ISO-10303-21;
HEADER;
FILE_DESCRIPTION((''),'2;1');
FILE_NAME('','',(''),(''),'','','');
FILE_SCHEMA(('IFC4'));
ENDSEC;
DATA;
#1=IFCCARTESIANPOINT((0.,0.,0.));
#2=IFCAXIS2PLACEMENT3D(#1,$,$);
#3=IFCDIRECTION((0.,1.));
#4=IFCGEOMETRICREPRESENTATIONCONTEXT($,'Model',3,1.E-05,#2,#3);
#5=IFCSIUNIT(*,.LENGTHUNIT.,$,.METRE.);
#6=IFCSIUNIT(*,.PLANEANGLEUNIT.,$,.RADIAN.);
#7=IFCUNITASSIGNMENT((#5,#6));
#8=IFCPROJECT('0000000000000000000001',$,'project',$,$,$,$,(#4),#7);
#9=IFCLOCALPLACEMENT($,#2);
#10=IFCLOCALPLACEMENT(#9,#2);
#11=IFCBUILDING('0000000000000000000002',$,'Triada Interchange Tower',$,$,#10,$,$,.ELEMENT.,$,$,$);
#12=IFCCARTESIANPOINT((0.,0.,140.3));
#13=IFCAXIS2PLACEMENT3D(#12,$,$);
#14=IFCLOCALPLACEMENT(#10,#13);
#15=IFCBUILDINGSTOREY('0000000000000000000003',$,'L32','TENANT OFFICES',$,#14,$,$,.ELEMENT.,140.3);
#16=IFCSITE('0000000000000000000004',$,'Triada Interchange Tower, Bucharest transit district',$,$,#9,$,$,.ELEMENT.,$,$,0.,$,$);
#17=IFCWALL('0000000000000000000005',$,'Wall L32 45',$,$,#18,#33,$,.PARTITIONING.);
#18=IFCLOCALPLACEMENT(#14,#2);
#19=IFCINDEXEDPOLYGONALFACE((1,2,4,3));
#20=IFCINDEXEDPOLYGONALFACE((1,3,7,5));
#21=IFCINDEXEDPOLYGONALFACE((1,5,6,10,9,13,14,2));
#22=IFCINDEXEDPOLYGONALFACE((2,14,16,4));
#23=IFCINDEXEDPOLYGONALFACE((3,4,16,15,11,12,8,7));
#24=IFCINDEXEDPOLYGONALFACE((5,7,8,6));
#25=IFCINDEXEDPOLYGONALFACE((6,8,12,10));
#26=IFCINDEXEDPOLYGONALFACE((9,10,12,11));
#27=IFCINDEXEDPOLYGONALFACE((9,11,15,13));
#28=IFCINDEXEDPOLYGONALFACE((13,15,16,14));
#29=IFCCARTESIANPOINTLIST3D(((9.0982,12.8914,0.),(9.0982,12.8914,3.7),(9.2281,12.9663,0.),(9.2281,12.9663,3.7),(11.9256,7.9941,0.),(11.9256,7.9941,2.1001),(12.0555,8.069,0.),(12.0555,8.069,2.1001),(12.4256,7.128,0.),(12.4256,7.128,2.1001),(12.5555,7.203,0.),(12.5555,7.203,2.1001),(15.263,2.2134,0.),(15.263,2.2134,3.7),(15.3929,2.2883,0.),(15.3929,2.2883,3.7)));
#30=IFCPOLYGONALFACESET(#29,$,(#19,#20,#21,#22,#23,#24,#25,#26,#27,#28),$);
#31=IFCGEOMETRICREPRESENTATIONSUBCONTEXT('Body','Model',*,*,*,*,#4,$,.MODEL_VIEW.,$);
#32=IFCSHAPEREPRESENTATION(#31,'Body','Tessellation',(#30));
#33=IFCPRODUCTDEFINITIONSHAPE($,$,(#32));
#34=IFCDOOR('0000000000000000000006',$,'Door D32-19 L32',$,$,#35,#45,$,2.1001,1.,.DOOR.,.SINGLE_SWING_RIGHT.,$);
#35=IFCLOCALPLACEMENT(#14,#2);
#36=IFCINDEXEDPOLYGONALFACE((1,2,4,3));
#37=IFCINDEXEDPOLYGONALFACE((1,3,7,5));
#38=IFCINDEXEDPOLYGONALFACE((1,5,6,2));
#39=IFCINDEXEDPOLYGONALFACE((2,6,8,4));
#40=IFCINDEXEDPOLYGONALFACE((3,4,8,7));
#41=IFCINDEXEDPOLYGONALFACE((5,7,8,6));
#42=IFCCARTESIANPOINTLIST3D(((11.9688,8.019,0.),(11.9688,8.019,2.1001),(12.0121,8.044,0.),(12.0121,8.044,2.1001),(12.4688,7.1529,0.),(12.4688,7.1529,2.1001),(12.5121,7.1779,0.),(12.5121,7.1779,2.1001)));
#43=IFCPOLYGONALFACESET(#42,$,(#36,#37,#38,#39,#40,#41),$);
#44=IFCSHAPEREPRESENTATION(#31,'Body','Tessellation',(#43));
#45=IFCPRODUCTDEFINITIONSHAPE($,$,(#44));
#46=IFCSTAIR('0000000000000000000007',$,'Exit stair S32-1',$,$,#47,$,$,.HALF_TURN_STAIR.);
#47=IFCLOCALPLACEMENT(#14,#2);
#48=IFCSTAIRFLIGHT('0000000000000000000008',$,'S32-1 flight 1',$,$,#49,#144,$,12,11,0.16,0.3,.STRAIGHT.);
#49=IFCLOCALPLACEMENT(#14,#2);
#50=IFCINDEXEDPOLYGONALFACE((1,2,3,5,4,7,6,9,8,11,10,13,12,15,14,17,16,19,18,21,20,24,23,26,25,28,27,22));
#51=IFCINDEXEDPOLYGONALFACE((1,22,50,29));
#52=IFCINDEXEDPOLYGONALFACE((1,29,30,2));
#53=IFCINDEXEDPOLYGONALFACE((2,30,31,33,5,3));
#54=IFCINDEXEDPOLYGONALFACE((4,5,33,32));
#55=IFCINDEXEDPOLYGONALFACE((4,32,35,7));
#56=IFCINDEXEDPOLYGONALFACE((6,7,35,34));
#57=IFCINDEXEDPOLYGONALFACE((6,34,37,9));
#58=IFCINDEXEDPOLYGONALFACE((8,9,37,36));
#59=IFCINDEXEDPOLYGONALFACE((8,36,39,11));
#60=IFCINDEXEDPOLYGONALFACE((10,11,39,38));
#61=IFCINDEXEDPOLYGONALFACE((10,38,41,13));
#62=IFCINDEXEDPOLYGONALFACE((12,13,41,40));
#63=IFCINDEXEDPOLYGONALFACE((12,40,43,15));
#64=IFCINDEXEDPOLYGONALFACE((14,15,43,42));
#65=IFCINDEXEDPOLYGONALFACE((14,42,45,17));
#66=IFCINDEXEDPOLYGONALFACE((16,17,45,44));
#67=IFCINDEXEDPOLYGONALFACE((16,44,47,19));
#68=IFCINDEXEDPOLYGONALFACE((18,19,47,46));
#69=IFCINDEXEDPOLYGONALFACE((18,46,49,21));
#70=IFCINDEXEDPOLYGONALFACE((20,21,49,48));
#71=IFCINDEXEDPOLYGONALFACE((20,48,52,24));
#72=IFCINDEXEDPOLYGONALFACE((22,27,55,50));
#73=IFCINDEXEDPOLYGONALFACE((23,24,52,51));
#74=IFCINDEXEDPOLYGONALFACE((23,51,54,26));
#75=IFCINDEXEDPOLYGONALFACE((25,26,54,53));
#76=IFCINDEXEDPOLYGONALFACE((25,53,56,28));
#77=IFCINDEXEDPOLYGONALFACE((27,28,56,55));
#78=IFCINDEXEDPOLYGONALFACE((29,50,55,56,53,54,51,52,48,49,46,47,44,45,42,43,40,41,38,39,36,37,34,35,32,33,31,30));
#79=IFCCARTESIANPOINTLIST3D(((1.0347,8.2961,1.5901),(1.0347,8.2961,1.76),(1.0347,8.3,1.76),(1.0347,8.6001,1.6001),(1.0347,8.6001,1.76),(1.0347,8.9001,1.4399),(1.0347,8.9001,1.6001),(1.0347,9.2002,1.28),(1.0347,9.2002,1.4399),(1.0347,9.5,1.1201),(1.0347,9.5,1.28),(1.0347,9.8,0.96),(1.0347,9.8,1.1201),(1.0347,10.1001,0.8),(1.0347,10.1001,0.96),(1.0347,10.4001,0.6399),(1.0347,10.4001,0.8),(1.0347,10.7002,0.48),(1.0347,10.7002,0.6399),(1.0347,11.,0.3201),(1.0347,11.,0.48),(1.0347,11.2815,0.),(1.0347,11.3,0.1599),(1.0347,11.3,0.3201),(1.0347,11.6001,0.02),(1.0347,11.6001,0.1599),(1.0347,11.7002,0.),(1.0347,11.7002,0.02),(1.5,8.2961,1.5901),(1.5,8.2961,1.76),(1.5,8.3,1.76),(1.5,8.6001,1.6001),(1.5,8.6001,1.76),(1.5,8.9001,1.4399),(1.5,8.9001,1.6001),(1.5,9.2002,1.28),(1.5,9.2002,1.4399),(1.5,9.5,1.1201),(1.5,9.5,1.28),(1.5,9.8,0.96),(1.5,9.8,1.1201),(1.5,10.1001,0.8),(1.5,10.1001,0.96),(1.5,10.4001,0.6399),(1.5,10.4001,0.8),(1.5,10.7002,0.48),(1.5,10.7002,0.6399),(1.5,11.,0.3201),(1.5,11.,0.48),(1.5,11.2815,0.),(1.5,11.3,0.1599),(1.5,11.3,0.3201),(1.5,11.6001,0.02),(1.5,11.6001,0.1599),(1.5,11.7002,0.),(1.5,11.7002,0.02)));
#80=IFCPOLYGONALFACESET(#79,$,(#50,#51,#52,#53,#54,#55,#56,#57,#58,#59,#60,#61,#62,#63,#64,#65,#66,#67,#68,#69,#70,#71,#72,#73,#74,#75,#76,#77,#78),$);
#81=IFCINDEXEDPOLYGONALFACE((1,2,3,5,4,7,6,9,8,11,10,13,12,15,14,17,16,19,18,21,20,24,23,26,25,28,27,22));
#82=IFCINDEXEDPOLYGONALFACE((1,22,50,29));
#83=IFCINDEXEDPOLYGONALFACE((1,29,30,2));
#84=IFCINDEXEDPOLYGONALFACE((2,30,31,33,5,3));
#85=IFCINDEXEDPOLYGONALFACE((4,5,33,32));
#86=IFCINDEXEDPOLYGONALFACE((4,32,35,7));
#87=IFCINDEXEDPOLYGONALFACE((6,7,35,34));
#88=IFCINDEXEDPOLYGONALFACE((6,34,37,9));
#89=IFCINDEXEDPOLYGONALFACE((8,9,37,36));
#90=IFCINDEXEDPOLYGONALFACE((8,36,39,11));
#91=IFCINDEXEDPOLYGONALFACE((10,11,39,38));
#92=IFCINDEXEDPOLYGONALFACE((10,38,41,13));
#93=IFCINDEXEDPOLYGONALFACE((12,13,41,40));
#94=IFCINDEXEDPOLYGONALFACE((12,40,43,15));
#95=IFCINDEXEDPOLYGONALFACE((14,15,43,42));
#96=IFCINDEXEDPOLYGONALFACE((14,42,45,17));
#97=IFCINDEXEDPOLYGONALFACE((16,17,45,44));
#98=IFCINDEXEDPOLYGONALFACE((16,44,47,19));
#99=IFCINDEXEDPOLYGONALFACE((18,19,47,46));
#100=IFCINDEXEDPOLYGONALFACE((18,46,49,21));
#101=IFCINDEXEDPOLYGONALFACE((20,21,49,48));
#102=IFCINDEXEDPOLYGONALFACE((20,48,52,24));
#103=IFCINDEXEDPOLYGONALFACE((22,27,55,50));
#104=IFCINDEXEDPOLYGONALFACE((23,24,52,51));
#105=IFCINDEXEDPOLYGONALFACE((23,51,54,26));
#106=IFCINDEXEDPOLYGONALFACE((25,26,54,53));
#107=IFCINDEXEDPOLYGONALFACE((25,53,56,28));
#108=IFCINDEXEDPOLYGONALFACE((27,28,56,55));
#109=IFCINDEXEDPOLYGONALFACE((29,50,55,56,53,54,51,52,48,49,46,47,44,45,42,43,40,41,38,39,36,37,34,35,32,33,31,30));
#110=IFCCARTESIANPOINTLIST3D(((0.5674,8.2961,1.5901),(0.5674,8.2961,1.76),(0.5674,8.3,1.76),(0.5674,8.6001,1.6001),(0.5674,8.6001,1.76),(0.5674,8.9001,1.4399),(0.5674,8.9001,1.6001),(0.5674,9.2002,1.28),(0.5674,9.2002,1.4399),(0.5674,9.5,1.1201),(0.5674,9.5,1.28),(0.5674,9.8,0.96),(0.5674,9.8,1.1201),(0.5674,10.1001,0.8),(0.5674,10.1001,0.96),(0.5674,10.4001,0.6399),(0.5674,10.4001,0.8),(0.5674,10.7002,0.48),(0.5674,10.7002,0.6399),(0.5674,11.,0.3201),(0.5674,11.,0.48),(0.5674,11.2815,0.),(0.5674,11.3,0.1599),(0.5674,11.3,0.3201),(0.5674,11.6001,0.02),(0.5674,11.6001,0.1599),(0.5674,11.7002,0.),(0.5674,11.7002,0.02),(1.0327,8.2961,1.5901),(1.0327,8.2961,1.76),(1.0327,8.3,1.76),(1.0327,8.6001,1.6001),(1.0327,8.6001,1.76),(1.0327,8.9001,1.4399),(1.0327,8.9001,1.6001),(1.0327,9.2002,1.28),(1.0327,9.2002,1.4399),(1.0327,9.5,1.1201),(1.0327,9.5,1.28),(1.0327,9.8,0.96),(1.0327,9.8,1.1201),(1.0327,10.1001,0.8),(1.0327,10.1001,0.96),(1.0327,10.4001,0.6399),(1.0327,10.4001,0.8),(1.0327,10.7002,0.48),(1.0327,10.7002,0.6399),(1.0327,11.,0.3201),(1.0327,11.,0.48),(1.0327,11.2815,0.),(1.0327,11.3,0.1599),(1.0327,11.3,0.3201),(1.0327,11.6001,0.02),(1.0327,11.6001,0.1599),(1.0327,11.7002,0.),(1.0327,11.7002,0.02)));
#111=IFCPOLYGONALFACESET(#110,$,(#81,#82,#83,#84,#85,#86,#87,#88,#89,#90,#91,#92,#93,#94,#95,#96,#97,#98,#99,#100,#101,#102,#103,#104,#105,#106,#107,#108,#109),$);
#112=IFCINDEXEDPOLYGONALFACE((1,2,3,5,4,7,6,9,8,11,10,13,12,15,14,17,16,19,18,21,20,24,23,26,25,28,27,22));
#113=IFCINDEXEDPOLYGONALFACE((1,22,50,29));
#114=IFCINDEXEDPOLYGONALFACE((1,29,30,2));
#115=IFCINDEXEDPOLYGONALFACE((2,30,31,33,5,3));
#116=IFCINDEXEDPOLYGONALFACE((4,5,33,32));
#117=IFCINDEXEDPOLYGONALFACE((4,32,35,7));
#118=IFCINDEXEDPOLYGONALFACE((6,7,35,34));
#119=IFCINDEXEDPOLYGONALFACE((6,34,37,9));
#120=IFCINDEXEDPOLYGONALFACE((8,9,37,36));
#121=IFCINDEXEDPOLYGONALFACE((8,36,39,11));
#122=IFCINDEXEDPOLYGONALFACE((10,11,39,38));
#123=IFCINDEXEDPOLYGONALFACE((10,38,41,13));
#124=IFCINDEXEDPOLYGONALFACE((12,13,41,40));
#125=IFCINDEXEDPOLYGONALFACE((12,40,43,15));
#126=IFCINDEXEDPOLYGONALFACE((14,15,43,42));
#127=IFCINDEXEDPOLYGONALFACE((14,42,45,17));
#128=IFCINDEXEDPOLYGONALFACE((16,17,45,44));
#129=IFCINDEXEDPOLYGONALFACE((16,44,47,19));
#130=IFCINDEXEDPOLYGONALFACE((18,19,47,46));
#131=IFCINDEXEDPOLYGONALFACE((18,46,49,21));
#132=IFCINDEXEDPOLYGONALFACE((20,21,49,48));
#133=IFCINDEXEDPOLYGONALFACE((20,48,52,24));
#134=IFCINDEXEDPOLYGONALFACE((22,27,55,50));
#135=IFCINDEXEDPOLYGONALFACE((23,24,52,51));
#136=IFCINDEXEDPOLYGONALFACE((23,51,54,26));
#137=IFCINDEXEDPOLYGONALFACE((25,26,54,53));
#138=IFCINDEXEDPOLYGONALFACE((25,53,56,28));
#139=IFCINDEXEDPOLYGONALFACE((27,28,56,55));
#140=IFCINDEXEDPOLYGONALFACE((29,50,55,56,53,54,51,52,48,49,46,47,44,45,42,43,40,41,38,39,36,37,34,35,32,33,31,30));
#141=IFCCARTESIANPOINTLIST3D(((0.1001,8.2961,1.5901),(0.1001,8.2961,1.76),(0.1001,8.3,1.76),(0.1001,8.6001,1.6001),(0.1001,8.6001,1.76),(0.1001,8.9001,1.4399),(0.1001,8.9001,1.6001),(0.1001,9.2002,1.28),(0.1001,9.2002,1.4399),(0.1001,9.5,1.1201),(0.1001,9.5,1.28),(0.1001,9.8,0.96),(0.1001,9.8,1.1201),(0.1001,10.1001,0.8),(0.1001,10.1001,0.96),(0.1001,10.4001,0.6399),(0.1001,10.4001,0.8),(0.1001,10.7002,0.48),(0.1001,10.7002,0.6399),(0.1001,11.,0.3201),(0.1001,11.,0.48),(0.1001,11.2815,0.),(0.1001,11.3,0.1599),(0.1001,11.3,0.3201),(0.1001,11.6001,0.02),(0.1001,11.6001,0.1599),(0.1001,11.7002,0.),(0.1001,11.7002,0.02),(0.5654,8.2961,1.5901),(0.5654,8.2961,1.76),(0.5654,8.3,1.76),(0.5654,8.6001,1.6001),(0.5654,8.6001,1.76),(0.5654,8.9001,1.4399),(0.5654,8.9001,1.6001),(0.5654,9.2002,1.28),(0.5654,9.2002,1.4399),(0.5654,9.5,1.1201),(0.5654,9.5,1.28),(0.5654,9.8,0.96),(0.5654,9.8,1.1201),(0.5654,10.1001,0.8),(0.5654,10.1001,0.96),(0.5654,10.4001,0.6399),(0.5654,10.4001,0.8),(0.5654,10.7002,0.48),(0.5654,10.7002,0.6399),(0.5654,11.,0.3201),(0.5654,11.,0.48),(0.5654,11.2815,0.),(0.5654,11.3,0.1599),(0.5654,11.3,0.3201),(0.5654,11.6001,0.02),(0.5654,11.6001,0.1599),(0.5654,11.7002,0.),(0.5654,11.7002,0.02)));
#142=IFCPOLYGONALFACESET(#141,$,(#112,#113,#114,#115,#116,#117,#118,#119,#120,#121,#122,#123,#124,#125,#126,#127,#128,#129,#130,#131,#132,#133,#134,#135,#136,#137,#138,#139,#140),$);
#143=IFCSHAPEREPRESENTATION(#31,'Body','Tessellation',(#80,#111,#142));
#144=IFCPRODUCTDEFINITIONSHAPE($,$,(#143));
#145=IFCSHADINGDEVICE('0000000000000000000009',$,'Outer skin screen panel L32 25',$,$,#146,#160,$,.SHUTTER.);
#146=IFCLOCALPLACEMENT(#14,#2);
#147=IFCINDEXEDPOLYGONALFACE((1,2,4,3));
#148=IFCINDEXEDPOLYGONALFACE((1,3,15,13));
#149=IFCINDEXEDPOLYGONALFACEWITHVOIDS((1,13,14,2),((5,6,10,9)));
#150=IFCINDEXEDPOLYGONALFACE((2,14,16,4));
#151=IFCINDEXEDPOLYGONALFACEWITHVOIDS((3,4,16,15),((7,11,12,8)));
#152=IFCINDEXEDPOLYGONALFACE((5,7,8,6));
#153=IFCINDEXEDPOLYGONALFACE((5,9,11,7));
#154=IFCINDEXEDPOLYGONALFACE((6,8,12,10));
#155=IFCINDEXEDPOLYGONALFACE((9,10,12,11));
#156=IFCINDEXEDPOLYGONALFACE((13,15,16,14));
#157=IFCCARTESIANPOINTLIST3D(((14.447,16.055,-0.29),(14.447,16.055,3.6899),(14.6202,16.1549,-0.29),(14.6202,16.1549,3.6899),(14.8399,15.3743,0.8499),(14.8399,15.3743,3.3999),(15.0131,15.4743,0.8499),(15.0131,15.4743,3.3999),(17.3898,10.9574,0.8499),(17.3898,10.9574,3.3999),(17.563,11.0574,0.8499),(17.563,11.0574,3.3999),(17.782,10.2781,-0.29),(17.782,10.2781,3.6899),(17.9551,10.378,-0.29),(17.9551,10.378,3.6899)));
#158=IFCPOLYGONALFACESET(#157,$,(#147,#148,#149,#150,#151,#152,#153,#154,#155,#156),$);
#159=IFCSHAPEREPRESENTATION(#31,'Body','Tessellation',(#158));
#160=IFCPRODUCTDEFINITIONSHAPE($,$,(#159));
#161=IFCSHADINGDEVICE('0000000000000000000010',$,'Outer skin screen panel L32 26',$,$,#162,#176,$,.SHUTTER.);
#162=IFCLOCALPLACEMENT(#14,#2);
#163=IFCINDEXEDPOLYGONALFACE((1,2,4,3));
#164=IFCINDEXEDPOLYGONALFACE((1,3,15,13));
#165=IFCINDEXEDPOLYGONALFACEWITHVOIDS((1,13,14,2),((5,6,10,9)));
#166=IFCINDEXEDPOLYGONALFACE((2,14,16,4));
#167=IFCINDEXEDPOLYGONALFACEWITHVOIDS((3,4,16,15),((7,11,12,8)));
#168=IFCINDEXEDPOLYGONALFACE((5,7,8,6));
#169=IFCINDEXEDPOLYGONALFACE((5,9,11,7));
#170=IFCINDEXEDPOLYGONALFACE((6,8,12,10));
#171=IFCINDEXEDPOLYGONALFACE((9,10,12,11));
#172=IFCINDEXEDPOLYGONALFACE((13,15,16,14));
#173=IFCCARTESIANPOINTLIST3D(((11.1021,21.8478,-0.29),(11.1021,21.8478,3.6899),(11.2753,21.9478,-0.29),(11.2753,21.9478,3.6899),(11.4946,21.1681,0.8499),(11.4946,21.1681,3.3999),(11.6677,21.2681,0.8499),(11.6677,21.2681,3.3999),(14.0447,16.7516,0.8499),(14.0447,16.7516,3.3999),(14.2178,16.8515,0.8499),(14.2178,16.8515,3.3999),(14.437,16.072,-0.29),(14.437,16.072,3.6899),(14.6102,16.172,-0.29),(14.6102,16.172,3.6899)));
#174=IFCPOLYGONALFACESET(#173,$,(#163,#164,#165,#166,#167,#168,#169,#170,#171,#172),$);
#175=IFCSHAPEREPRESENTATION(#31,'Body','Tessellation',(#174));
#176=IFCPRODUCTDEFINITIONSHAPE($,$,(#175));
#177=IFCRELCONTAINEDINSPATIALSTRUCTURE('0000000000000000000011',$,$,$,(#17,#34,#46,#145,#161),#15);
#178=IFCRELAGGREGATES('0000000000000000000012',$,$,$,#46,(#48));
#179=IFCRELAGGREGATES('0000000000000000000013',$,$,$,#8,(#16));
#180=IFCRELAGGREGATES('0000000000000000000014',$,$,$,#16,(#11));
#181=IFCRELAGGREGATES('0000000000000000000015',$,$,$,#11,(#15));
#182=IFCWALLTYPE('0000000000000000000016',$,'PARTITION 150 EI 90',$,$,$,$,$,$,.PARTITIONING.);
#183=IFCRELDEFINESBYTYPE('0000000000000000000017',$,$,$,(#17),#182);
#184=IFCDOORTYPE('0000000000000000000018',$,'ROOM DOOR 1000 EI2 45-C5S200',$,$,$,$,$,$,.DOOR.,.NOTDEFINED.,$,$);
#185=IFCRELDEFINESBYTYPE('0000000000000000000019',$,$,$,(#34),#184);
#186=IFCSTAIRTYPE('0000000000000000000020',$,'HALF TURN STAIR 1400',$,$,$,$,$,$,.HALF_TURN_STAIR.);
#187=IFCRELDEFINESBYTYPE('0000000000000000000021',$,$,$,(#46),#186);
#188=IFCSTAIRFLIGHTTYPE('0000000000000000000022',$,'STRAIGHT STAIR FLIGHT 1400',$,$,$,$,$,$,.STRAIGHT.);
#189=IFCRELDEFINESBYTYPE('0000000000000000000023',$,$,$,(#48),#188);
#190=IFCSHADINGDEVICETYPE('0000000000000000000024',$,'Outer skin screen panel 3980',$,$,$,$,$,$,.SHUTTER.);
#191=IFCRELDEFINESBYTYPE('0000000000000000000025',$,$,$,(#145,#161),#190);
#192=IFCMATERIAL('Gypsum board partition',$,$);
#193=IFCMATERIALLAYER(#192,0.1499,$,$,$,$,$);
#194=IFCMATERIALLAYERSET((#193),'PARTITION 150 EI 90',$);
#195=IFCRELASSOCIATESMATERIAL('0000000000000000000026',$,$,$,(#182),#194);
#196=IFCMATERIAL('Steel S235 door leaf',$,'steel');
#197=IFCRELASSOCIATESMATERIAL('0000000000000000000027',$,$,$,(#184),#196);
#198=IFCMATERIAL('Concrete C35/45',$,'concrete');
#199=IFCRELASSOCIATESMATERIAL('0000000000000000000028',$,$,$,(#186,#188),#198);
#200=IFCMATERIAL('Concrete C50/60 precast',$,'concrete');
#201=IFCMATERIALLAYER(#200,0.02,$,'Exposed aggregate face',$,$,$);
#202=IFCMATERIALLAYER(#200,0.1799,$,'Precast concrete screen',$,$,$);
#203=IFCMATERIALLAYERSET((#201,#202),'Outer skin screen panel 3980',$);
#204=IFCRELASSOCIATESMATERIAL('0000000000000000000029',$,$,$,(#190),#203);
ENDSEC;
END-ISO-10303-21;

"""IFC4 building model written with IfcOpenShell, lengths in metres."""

from ifc_helpers import new_model, si_unit, direction, frame, frame_2d, origin, place, context, subcontext, project, spatial, polyline, rectangle, outline, extrude, material, layer, layer_set, type_object, element, fill, aggregate, save


model = new_model("IFC4")

# Units and contexts
model_context = context("Model", 3, precision=1e-05, world=origin(), true_north=direction((0.0, 1.0)))
body_context = subcontext(model_context, "Body", "Model", "MODEL_VIEW")
ifc_project = project(units=[si_unit("LENGTHUNIT", "METRE"), si_unit("PLANEANGLEUNIT", "RADIAN")], contexts=[model_context])

# Site, building, storey
site_placement = place(None, origin())
site = spatial("IfcSite", under=ifc_project, at=site_placement, Name="Triada Interchange Tower, Bucharest transit district", CompositionType="ELEMENT", RefElevation=0.0)
building_placement = place(site_placement, origin())
building = spatial("IfcBuilding", under=site, at=building_placement, Name="Triada Interchange Tower", CompositionType="ELEMENT")
storey_placement = place(building_placement, frame((0.0, 0.0, 140.3)))
storey = spatial("IfcBuildingStorey", under=building, at=storey_placement, Name="L32", Description="TENANT OFFICES", CompositionType="ELEMENT", Elevation=140.3)

# Shared definitions
ifc_material_1 = material(Name="Steel S235 door leaf", Category="steel")

# Shared definitions
ifc_material_2 = material(Name="Gypsum board partition")

# Wall, opening, door
ifc_layer_1 = layer(ifc_material_2, 0.1499)
ifc_layer_set_1 = layer_set([ifc_layer_1], Name="PARTITION 150 EI 90")
wall_type_1 = type_object("IfcWallType", Name="PARTITION 150 EI 90", PredefinedType="PARTITIONING", material=ifc_layer_set_1)
wall_1_placement = place(storey_placement, frame((9.1631, 12.929, 0.0), z_axis=(0.0, 0.0, 1.0), x_axis=(0.499992, -0.86603, 0.0)))
wall_1 = element("IfcWall", 1, at=wall_1_placement, inside=storey, type_object=wall_type_1, Name="Wall L32 45", PredefinedType="PARTITIONING", context=body_context, shape_type="SweptSolid", body=[
    extrude(rectangle(XDim=12.3298, YDim=0.1499, at=frame_2d((6.165, 0.0))), origin(), (0.0, 0.0, 1.0), 3.7),
])
opening_1_placement = place(wall_1_placement, frame((5.655, 0.0, 0.0)))
opening_1 = element("IfcOpeningElement", 2, at=opening_1_placement, cuts=wall_1, PredefinedType="OPENING", context=body_context, shape_type="SweptSolid", body=[
    extrude(rectangle(XDim=1.0, YDim=2.1001, at=frame_2d((0.5, 1.05))), frame((0.0, 0.085, 0.0), z_axis=(0.0, -1.0, 0.0), x_axis=(1.0, 0.0, 0.0)), (0.0, 0.0, 1.0), 0.1699),
])
door_type_1 = type_object("IfcDoorType", Name="ROOM DOOR 1000 EI2 45-C5S200", OperationType="NOTDEFINED", PredefinedType="DOOR", material=ifc_material_1)
door_1_placement = place(opening_1_placement, origin())
door_1 = element("IfcDoor", 3, at=door_1_placement, inside=storey, type_object=door_type_1, Name="Door D32-19 L32", OperationType="SINGLE_SWING_RIGHT", OverallHeight=2.1001, OverallWidth=1.0, PredefinedType="DOOR", context=body_context, shape_type="SweptSolid", body=[
    extrude(rectangle(XDim=1.0, YDim=2.1001, at=frame_2d((0.5, 1.05))), frame((0.0, 0.0249, 0.0), z_axis=(0.0, -1.0, 0.0), x_axis=(1.0, 0.0, 0.0)), (0.0, 0.0, 1.0), 0.05),
])
fill(opening_1, door_1)

# Stair, stair flight
ifc_material_3 = material(Name="Concrete C35/45", Category="concrete")
stair_type = type_object("IfcStairType", Name="HALF TURN STAIR 1400", PredefinedType="HALF_TURN_STAIR", material=ifc_material_3)
stair_placement = place(storey_placement, origin())
stair = element("IfcStair", 4, at=stair_placement, inside=storey, type_object=stair_type, Name="Exit stair S32-1", PredefinedType="HALF_TURN_STAIR")
stair_flight_type = type_object("IfcStairFlightType", Name="STRAIGHT STAIR FLIGHT 1400", PredefinedType="STRAIGHT", material=ifc_material_3)
stair_flight_placement = place(storey_placement, frame((0.8, 11.6001, 0.0), z_axis=(0.0, 0.0, 1.0), x_axis=(0.0, -1.0, 0.0)))
stair_flight = element("IfcStairFlight", 5, at=stair_flight_placement, type_object=stair_flight_type, Name="S32-1 flight 1", NumberOfRisers=12, NumberOfTreads=11, PredefinedType="STRAIGHT", RiserHeight=0.16, TreadLength=0.3, context=body_context, shape_type="SweptSolid", body=[
    extrude(outline(polyline([(-0.1001, 0.0), (-0.1001, 0.02), (0.0, 0.02), (0.0, 0.1599), (0.3, 0.1599), (0.3, 0.3201), (0.6001, 0.3201), (0.6001, 0.48), (0.8999, 0.48), (0.8999, 0.6399), (1.2, 0.6399), (1.2, 0.8), (1.5, 0.8), (1.5, 0.96), (1.8, 0.96), (1.8, 1.1201), (2.1001, 1.1201), (2.1001, 1.28), (2.3999, 1.28), (2.3999, 1.4399), (2.7, 1.4399), (2.7, 1.6001), (3.0, 1.6001), (3.0, 1.76), (3.3, 1.76), (3.304, 1.76), (3.304, 1.9199), (3.304, 1.5901), (0.3186, 0.0), (-0.1001, 0.0)])), frame((0.0, 0.7, 0.0), z_axis=(0.0, -1.0, 0.0), x_axis=(1.0, 0.0, 0.0)), (0.0, 0.0, 1.0), 0.4653),
    extrude(outline(polyline([(-0.1001, 0.0), (-0.1001, 0.02), (0.0, 0.02), (0.0, 0.1599), (0.3, 0.1599), (0.3, 0.3201), (0.6001, 0.3201), (0.6001, 0.48), (0.8999, 0.48), (0.8999, 0.6399), (1.2, 0.6399), (1.2, 0.8), (1.5, 0.8), (1.5, 0.96), (1.8, 0.96), (1.8, 1.1201), (2.1001, 1.1201), (2.1001, 1.28), (2.3999, 1.28), (2.3999, 1.4399), (2.7, 1.4399), (2.7, 1.6001), (3.0, 1.6001), (3.0, 1.76), (3.3, 1.76), (3.304, 1.76), (3.304, 1.9199), (3.304, 1.5901), (0.3186, 0.0), (-0.1001, 0.0)])), frame((0.0, 0.2327, 0.0), z_axis=(0.0, -1.0, 0.0), x_axis=(1.0, 0.0, 0.0)), (0.0, 0.0, 1.0), 0.4653),
    extrude(outline(polyline([(-0.1001, 0.0), (-0.1001, 0.02), (0.0, 0.02), (0.0, 0.1599), (0.3, 0.1599), (0.3, 0.3201), (0.6001, 0.3201), (0.6001, 0.48), (0.8999, 0.48), (0.8999, 0.6399), (1.2, 0.6399), (1.2, 0.8), (1.5, 0.8), (1.5, 0.96), (1.8, 0.96), (1.8, 1.1201), (2.1001, 1.1201), (2.1001, 1.28), (2.3999, 1.28), (2.3999, 1.4399), (2.7, 1.4399), (2.7, 1.6001), (3.0, 1.6001), (3.0, 1.76), (3.3, 1.76), (3.304, 1.76), (3.304, 1.9199), (3.304, 1.5901), (0.3186, 0.0), (-0.1001, 0.0)])), frame((0.0, -0.2346, 0.0), z_axis=(0.0, -1.0, 0.0), x_axis=(1.0, 0.0, 0.0)), (0.0, 0.0, 1.0), 0.4653),
])

# Shading devices
ifc_material_4 = material(Name="Concrete C50/60 precast", Category="concrete")
ifc_layer_2 = layer(ifc_material_4, 0.02, Name="Exposed aggregate face")
ifc_layer_3 = layer(ifc_material_4, 0.1799, Name="Precast concrete screen")
ifc_layer_set_2 = layer_set([ifc_layer_2, ifc_layer_3], Name="Outer skin screen panel 3980")
shading_device_type = type_object("IfcShadingDeviceType", Name="Outer skin screen panel 3980", PredefinedType="SHUTTER", material=ifc_layer_set_2)
shading_device_1_placement = place(storey_placement, frame((17.782, 10.2781, -0.29), z_axis=(0.0, 0.0, 1.0), x_axis=(-0.499965, 0.866045, 0.0)))
element("IfcShadingDevice", 6, at=shading_device_1_placement, inside=storey, type_object=shading_device_type, Name="Outer skin screen panel L32 25", PredefinedType="SHUTTER", context=body_context, shape_type="SweptSolid", body=[
    extrude(outline(polyline([(0.0, 0.0), (6.6704, 0.0), (6.6704, 3.98), (0.0, 3.98), (0.0, 0.0)]), holes=[polyline([(0.7844, 1.1399), (0.7844, 3.6899), (5.8845, 3.6899), (5.8845, 1.1399), (0.7844, 1.1399)])]), frame((0.0, 0.0, 0.0), z_axis=(0.0, -1.0, 0.0), x_axis=(1.0, 0.0, 0.0)), (0.0, 0.0, 1.0), 0.2),
])
shading_device_2_placement = place(storey_placement, frame((14.437, 16.072, -0.29), z_axis=(0.0, 0.0, 1.0), x_axis=(-0.500029, 0.866009, 0.0)))
element("IfcShadingDevice", 7, at=shading_device_2_placement, inside=storey, type_object=shading_device_type, Name="Outer skin screen panel L32 26", PredefinedType="SHUTTER", context=body_context, shape_type="SweptSolid", body=[
    extrude(outline(polyline([(0.0, 0.0), (6.6694, 0.0), (6.6694, 3.98), (0.0, 3.98), (0.0, 0.0)]), holes=[polyline([(0.7847, 1.1399), (0.7847, 3.6899), (5.8845, 3.6899), (5.8845, 1.1399), (0.7847, 1.1399)])]), frame((0.0, 0.0, 0.0), z_axis=(0.0, -1.0, 0.0), x_axis=(1.0, 0.0, 0.0)), (0.0, 0.0, 1.0), 0.2),
])

aggregate(stair, [stair_flight])

save(model, "model.ifc")
